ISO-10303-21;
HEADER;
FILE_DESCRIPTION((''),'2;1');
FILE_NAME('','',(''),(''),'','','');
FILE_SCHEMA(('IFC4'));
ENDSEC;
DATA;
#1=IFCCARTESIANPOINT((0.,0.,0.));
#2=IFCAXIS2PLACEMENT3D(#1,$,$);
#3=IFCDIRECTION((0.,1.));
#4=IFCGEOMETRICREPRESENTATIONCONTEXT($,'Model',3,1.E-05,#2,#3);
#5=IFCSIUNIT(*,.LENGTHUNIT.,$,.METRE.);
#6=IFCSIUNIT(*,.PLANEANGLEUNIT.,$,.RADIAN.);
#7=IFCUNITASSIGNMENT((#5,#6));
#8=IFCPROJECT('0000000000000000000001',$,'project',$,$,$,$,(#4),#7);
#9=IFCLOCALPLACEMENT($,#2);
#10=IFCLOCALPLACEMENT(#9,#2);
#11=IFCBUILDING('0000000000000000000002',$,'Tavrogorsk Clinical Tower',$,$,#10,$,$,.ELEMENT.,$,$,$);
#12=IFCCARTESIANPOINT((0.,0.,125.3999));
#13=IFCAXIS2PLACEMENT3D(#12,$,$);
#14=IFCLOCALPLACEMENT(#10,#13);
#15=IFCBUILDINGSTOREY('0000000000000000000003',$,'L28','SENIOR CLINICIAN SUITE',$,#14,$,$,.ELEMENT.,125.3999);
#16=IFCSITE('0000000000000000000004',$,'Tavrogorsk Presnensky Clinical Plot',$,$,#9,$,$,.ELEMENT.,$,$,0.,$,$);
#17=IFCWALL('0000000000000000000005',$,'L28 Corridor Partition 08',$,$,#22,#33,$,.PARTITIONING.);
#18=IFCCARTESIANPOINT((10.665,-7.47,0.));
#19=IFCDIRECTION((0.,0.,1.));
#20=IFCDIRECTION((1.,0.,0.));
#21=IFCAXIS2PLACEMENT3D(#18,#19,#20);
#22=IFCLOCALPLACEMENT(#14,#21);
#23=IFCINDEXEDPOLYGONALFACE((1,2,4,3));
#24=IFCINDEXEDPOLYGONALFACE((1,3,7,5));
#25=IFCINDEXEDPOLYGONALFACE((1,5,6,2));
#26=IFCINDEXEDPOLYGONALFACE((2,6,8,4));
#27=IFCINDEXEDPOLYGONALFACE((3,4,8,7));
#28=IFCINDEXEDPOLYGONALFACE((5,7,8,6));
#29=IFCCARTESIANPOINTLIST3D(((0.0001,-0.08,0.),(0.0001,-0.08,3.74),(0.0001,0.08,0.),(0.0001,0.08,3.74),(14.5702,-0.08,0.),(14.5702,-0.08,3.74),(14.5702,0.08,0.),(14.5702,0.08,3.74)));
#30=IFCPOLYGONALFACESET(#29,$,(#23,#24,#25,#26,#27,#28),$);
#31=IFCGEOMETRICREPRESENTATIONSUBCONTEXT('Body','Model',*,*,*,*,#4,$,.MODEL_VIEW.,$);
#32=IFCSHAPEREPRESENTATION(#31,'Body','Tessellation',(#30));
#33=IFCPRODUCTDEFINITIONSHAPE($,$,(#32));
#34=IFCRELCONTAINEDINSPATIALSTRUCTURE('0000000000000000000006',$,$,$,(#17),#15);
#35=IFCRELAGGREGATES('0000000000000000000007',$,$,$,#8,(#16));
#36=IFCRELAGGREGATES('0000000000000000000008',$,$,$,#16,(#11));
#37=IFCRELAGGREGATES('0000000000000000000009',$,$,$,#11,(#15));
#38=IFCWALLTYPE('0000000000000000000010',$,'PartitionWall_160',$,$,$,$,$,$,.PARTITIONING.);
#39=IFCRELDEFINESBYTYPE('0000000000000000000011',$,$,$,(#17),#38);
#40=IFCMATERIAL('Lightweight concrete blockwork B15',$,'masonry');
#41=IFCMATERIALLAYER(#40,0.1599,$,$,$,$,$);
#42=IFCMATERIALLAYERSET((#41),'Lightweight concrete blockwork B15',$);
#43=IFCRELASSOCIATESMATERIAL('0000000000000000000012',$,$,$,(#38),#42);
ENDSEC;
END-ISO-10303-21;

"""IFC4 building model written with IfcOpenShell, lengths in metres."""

from ifc_helpers import new_model, si_unit, direction, frame, frame_2d, origin, place, context, subcontext, project, spatial, rectangle, extrude, material, layer, layer_set, type_object, element, save


model = new_model("IFC4")

# Units and contexts
model_context = context("Model", 3, precision=1e-05, world=origin(), true_north=direction((0.0, 1.0)))
body_context = subcontext(model_context, "Body", "Model", "MODEL_VIEW")
ifc_project = project(units=[si_unit("LENGTHUNIT", "METRE"), si_unit("PLANEANGLEUNIT", "RADIAN")], contexts=[model_context])

# Site, building, storey
site_placement = place(None, origin())
site = spatial("IfcSite", under=ifc_project, at=site_placement, Name="Tavrogorsk Presnensky Clinical Plot", CompositionType="ELEMENT", RefElevation=0.0)
building_placement = place(site_placement, origin())
building = spatial("IfcBuilding", under=site, at=building_placement, Name="Tavrogorsk Clinical Tower", CompositionType="ELEMENT")
storey_placement = place(building_placement, frame((0.0, 0.0, 125.3999)))
storey = spatial("IfcBuildingStorey", under=building, at=storey_placement, Name="L28", Description="SENIOR CLINICIAN SUITE", CompositionType="ELEMENT", Elevation=125.3999)

# Wall
ifc_material_1 = material(Name="Lightweight concrete blockwork B15", Category="masonry")
ifc_layer_1 = layer(ifc_material_1, 0.1599)
ifc_layer_set_1 = layer_set([ifc_layer_1], Name="Lightweight concrete blockwork B15")
wall_type_1 = type_object("IfcWallType", Name="PartitionWall_160", PredefinedType="PARTITIONING", material=ifc_layer_set_1)
wall_1_placement = place(storey_placement, frame((10.665, -7.47, 0.0), z_axis=(0.0, 0.0, 1.0), x_axis=(1.0, 0.0, 0.0)))
element("IfcWall", 1, at=wall_1_placement, inside=storey, type_object=wall_type_1, Name="L28 Corridor Partition 08", PredefinedType="PARTITIONING", context=body_context, shape_type="SweptSolid", body=[
    extrude(rectangle(XDim=14.5701, YDim=0.1599, at=frame_2d((7.2852, 0.0))), origin(), (0.0, 0.0, 1.0), 3.74),
])

save(model, "model.ifc")
